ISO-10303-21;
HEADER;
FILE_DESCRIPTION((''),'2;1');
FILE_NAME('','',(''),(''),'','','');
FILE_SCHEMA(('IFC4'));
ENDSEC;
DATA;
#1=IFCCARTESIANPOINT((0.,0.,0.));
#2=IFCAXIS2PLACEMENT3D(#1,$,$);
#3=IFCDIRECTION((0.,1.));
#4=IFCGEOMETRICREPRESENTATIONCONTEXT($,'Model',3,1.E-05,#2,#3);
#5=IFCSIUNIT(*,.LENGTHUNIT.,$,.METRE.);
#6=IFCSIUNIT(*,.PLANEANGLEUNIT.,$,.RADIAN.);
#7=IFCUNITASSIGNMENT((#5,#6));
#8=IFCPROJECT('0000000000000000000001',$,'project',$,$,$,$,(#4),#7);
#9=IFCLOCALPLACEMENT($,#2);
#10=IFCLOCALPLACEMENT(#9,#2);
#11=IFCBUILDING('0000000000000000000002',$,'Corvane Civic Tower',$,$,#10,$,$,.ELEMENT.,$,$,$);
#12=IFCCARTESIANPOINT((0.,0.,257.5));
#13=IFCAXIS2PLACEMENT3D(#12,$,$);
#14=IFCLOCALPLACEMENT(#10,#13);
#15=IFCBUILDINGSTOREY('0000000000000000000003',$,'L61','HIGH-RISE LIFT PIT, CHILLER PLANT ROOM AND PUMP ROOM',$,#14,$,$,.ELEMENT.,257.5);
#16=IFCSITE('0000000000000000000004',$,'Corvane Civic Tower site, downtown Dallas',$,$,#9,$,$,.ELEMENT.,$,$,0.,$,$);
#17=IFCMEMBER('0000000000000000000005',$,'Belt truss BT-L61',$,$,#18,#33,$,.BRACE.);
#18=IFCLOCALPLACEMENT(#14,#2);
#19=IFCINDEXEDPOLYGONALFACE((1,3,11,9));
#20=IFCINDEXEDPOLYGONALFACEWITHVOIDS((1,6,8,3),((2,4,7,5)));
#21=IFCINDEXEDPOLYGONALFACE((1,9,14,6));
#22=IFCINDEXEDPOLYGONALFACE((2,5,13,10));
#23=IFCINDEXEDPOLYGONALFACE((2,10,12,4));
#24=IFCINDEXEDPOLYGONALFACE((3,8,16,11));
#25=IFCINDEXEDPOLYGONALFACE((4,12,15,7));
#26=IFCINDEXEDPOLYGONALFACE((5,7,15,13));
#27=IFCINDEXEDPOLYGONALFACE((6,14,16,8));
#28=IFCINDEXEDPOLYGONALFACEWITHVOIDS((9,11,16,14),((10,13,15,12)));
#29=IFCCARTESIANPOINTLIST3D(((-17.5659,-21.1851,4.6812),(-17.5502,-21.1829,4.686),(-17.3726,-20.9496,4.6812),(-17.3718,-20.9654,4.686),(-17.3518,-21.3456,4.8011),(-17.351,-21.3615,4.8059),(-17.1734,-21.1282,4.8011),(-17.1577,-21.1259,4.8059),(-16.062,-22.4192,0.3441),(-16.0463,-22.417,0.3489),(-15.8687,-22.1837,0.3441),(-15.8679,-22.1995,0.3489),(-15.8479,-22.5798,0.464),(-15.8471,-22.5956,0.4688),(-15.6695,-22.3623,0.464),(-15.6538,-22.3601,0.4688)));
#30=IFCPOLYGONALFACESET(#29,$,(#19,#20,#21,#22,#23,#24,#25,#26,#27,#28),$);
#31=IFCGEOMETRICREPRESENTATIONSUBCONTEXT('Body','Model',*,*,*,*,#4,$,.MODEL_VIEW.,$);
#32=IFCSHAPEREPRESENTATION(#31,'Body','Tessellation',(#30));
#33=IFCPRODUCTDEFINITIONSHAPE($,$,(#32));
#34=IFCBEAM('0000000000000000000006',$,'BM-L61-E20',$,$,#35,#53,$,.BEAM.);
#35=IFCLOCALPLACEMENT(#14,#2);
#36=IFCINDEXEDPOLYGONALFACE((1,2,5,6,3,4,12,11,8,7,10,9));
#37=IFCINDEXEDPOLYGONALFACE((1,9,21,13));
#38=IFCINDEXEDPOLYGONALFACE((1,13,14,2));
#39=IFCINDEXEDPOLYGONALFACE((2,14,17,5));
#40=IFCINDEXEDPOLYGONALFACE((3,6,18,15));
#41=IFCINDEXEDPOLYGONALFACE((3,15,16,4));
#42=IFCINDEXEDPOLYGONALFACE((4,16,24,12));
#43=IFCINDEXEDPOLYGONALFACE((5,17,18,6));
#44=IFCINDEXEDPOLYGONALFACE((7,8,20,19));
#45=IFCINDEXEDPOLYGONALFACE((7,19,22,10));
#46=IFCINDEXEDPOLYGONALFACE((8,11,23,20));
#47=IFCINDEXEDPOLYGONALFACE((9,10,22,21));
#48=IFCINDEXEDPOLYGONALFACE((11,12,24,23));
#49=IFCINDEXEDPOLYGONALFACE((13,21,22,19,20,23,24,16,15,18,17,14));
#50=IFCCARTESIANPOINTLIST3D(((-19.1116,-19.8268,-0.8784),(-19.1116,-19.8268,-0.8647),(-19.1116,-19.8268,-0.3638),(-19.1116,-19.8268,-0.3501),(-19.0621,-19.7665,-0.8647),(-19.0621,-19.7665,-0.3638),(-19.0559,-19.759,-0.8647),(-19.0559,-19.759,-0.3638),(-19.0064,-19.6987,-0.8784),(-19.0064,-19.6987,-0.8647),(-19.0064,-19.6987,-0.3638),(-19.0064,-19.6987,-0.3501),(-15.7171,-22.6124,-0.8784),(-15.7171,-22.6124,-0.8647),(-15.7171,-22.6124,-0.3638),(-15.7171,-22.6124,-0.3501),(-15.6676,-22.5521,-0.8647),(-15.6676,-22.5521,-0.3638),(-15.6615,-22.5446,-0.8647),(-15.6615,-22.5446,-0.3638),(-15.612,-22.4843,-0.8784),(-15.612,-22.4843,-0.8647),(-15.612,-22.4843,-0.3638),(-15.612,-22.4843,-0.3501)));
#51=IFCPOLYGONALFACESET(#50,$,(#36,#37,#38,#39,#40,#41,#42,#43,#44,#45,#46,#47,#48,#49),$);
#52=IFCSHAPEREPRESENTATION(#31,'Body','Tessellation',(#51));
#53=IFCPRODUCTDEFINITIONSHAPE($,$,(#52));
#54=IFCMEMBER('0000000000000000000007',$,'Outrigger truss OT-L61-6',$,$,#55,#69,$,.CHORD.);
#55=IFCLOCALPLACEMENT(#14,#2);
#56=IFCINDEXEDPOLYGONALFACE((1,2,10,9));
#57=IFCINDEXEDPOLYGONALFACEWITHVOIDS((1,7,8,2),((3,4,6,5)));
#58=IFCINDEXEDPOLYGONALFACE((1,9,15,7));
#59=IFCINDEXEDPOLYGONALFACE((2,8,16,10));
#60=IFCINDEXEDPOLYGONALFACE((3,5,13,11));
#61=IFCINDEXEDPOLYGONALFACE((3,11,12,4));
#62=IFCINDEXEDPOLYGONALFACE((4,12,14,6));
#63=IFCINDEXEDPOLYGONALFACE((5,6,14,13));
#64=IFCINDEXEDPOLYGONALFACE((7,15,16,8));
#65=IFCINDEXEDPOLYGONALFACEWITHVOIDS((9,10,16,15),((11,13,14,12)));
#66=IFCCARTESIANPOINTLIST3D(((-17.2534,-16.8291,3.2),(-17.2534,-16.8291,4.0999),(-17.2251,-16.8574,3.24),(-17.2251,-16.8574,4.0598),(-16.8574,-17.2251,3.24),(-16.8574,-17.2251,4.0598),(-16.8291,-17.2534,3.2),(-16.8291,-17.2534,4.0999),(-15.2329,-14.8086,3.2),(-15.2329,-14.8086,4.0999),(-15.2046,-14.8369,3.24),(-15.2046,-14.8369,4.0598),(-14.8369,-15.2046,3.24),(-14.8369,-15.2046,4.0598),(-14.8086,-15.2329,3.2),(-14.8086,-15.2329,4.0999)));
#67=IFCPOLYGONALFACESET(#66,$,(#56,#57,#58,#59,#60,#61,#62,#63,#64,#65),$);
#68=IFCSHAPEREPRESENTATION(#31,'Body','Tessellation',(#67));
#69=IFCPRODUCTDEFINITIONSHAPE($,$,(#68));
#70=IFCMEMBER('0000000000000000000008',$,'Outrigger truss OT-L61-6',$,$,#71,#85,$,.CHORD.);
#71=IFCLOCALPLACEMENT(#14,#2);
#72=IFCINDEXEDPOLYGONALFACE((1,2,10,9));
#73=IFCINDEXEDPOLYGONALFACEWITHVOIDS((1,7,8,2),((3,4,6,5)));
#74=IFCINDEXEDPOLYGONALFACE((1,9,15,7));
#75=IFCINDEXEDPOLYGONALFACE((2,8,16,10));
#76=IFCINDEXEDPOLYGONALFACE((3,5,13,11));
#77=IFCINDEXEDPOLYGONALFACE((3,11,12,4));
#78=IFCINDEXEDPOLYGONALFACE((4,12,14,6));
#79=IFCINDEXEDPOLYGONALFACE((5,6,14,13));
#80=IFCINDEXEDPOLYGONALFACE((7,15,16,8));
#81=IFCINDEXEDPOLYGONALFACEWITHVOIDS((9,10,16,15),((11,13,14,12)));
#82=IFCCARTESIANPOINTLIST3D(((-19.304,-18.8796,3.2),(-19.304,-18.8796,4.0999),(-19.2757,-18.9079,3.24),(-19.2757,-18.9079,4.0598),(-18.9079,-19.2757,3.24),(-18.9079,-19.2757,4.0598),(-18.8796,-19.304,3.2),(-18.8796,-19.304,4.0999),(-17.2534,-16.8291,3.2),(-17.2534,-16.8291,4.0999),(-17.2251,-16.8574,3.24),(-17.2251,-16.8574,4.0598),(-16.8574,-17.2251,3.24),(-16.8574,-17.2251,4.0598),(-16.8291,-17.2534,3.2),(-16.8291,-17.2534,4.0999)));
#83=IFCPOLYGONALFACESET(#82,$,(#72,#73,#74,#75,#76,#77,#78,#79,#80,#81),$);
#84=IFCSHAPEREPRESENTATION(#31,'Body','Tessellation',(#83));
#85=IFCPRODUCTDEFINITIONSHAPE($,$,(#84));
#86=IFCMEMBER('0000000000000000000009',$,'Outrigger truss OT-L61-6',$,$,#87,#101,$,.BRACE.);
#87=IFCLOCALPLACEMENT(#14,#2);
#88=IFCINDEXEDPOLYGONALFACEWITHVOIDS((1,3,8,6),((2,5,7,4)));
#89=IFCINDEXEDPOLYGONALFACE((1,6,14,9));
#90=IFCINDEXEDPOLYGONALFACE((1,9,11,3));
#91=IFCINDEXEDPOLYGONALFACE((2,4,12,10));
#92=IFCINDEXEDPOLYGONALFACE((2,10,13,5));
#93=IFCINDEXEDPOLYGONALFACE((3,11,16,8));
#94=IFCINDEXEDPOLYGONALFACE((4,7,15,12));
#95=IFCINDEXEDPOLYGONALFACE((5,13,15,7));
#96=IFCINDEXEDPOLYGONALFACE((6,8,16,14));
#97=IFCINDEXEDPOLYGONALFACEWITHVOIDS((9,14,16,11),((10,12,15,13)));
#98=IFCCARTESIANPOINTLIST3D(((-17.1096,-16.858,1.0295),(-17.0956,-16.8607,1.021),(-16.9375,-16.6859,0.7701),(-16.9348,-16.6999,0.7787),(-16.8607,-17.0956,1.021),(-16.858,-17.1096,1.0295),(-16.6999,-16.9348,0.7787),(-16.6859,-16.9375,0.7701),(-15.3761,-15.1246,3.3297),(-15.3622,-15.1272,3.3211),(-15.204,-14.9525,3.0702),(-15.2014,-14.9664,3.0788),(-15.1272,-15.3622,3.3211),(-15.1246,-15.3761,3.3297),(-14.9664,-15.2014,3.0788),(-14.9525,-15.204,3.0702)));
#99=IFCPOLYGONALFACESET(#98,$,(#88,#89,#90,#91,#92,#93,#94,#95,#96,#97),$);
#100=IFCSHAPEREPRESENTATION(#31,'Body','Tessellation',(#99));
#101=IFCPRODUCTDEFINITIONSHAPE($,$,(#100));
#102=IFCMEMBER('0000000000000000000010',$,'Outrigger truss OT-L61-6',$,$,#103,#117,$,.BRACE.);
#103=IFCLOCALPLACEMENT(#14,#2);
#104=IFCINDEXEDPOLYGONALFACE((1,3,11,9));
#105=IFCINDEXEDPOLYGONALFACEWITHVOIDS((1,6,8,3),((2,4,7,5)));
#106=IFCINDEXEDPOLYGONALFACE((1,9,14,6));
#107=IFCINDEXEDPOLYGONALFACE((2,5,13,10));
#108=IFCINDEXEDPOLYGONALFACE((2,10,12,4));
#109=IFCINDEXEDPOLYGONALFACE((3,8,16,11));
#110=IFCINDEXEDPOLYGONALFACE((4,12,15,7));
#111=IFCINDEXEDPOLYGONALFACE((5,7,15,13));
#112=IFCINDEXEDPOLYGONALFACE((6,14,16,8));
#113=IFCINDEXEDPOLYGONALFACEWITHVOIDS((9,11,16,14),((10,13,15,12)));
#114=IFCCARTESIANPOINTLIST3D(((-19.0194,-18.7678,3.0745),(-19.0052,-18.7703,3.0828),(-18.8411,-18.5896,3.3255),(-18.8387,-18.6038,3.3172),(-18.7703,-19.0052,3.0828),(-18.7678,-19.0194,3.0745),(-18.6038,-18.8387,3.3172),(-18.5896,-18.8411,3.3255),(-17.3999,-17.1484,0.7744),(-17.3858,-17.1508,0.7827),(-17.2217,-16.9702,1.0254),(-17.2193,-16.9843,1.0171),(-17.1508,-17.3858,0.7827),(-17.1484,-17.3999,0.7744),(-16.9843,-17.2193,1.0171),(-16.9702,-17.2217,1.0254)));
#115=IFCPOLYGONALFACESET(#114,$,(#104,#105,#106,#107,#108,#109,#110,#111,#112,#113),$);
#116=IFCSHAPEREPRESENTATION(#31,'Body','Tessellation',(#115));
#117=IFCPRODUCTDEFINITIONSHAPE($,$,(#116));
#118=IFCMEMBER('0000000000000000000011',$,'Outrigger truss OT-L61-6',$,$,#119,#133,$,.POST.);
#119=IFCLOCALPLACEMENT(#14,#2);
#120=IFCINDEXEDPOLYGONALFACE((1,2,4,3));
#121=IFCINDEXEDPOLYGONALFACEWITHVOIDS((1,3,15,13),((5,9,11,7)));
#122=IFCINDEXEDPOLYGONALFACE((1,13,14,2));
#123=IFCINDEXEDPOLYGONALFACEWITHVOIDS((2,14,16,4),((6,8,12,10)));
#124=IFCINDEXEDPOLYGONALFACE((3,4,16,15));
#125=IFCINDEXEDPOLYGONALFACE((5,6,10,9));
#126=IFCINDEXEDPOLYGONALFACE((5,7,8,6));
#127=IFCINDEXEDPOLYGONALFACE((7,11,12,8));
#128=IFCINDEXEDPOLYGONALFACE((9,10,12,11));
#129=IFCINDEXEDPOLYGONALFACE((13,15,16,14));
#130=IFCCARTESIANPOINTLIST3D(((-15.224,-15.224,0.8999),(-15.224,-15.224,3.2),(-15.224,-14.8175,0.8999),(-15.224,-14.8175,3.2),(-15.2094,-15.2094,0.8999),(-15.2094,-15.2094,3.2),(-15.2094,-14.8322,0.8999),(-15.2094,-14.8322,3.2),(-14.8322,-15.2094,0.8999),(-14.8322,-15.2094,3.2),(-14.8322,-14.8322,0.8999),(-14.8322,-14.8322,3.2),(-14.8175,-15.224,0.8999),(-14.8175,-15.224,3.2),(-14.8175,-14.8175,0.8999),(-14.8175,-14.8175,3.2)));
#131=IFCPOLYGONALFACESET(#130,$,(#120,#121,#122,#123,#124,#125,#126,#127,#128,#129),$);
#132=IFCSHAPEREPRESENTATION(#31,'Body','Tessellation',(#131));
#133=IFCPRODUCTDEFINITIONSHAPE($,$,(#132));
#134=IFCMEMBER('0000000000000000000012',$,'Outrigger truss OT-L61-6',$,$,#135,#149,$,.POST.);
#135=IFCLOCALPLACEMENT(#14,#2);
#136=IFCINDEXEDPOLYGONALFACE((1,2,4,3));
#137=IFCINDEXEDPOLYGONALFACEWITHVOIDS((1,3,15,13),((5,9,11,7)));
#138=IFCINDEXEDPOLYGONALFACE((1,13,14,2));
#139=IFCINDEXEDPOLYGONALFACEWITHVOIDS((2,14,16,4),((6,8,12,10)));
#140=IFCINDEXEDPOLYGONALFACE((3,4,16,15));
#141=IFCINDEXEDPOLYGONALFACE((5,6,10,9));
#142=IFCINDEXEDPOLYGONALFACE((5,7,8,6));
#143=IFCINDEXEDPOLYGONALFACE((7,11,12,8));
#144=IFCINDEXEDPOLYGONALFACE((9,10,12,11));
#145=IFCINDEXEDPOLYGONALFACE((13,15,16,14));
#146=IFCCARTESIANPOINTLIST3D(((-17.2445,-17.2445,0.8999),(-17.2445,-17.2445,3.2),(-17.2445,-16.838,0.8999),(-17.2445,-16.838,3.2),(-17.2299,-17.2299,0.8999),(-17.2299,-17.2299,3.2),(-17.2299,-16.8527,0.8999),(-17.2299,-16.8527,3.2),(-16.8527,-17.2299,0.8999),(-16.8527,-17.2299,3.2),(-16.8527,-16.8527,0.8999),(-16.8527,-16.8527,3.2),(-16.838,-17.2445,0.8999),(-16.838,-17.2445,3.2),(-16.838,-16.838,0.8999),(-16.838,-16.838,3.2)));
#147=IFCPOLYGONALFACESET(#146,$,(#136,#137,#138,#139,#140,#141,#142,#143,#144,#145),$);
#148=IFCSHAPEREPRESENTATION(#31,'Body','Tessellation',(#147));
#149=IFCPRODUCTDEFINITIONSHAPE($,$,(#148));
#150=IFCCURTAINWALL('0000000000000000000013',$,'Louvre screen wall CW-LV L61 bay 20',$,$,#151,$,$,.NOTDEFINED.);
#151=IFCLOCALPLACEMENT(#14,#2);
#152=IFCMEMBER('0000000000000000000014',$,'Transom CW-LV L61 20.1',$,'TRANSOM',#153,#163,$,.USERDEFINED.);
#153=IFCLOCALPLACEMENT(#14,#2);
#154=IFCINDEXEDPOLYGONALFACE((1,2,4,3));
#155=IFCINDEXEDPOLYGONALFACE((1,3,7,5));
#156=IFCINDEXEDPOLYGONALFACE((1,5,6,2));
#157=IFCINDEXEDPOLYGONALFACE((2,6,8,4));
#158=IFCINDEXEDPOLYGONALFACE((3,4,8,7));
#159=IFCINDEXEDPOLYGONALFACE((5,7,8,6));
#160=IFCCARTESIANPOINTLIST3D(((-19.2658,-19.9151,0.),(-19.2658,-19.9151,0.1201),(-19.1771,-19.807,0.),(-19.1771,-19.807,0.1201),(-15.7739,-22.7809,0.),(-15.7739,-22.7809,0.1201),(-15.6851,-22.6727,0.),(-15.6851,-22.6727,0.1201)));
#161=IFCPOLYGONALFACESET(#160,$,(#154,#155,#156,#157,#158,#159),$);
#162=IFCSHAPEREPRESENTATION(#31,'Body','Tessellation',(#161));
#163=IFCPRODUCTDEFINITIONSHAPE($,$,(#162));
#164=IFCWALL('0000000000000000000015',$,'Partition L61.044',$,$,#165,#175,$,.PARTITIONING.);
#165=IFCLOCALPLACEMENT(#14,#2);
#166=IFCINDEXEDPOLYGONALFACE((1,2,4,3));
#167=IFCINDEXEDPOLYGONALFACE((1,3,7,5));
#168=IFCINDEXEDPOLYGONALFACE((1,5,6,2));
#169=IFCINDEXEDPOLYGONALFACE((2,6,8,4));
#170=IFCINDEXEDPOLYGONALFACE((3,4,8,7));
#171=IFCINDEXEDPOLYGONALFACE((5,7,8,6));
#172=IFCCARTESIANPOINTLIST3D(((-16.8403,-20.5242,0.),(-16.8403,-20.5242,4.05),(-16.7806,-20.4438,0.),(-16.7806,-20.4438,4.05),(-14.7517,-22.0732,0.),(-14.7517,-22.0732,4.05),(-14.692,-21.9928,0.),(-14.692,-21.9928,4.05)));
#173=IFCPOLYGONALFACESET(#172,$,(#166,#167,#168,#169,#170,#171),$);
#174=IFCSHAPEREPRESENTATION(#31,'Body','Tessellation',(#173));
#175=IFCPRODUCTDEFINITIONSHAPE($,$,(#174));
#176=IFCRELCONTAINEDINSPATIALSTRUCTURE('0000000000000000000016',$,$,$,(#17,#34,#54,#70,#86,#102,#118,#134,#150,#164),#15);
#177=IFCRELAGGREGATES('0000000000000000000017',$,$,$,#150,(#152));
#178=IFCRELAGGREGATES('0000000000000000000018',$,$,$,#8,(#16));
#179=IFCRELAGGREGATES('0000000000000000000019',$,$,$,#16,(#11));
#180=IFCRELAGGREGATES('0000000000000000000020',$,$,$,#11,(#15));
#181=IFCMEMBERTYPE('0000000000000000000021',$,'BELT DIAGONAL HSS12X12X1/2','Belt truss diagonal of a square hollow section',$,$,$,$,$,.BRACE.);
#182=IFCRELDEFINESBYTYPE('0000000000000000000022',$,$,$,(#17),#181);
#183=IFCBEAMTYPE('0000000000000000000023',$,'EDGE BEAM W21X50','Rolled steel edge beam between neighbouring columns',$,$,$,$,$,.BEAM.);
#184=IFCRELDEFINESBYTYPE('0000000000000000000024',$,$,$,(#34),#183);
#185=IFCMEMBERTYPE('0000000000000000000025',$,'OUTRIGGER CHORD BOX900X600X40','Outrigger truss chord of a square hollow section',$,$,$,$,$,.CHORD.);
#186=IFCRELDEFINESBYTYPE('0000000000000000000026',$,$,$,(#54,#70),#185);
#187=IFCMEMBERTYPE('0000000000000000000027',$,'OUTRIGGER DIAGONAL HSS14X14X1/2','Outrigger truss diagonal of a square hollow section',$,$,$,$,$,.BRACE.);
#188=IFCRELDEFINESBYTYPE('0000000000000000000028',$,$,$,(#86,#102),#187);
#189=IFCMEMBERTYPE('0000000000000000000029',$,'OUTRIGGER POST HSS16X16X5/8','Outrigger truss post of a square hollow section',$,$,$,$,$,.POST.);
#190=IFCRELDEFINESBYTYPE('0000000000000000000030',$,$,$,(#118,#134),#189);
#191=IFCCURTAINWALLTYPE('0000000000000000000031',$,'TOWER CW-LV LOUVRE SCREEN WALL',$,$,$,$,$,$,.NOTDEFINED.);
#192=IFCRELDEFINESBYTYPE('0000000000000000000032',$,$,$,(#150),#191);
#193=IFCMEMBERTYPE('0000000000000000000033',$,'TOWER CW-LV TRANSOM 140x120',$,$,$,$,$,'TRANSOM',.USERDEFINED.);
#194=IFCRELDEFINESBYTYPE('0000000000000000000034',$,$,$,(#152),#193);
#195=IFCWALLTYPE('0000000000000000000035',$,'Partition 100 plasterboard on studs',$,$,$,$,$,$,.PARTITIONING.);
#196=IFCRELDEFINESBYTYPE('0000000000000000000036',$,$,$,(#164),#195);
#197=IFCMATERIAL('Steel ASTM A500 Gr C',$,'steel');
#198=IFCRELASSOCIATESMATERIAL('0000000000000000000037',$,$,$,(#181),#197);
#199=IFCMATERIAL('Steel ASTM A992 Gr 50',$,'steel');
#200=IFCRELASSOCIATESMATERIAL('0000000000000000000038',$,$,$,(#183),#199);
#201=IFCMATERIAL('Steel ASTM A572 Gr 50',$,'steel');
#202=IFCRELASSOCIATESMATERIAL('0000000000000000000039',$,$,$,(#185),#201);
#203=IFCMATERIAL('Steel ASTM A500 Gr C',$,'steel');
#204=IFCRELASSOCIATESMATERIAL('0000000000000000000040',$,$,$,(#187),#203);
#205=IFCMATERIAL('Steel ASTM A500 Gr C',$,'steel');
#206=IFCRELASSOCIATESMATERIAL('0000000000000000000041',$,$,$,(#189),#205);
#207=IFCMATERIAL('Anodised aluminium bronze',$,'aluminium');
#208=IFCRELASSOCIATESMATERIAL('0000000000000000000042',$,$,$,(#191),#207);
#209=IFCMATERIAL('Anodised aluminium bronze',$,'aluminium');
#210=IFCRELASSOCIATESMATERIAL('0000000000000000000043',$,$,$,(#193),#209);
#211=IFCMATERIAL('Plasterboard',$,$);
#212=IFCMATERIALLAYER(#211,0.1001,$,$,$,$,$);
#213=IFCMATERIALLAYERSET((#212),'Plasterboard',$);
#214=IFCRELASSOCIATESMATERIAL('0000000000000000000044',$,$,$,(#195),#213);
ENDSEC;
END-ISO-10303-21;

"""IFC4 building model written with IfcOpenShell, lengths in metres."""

from ifc_helpers import new_model, si_unit, direction, frame, frame_2d, origin, origin_2d, place, context, subcontext, project, spatial, rectangle, hollow_rectangle, i_section, extrude, material, layer, layer_set, material_profile, profile_set, type_object, element, aggregate, save


model = new_model("IFC4")

# Units and contexts
model_context = context("Model", 3, precision=1e-05, world=origin(), true_north=direction((0.0, 1.0)))
body_context = subcontext(model_context, "Body", "Model", "MODEL_VIEW")
ifc_project = project(units=[si_unit("LENGTHUNIT", "METRE"), si_unit("PLANEANGLEUNIT", "RADIAN")], contexts=[model_context])

# Site, building, storey
site_placement = place(None, origin())
site = spatial("IfcSite", under=ifc_project, at=site_placement, Name="Corvane Civic Tower site, downtown Dallas", CompositionType="ELEMENT", RefElevation=0.0)
building_placement = place(site_placement, origin())
building = spatial("IfcBuilding", under=site, at=building_placement, Name="Corvane Civic Tower", CompositionType="ELEMENT")
storey_placement = place(building_placement, frame((0.0, 0.0, 257.5)))
storey = spatial("IfcBuildingStorey", under=building, at=storey_placement, Name="L61", Description="HIGH-RISE LIFT PIT, CHILLER PLANT ROOM AND PUMP ROOM", CompositionType="ELEMENT", Elevation=257.5)

# Member
ifc_material_1 = material(Name="Steel ASTM A500 Gr C", Category="steel")
ifc_material_profile_1 = material_profile(ifc_material_1, hollow_rectangle(XDim=0.3047, YDim=0.3047, WallThickness=0.0117, at=origin_2d()), Name="HSS12X12X1/2")
ifc_profile_set_1 = profile_set([ifc_material_profile_1], Name="Steel ASTM A500 Gr C")
member_type_1 = type_object("IfcMemberType", Name="BELT DIAGONAL HSS12X12X1/2", Description="Belt truss diagonal of a square hollow section", PredefinedType="BRACE", material=ifc_profile_set_1)
member_1_placement = place(storey_placement, frame((-15.8579, -22.3896, 0.4065), z_axis=(-0.316379, 0.259626, 0.912414), x_axis=(-0.634365, -0.773034, 0.0)))
element("IfcMember", 1, at=member_1_placement, inside=storey, type_object=member_type_1, Name="Belt truss BT-L61", PredefinedType="BRACE", context=body_context, shape_type="SweptSolid", body=[
    extrude(hollow_rectangle(XDim=0.3047, YDim=0.3047, WallThickness=0.0117, at=origin_2d()), origin(), (0.0, 0.0, 1.0), 4.7534),
])

# Beam
ifc_material_2 = material(Name="Steel ASTM A992 Gr 50", Category="steel")
ifc_material_profile_2 = material_profile(ifc_material_2, i_section(OverallWidth=0.1658, OverallDepth=0.5283, WebThickness=0.0098, FlangeThickness=0.0137, at=origin_2d()), Name="W21X50")
ifc_profile_set_2 = profile_set([ifc_material_profile_2], Name="Steel ASTM A992 Gr 50")
beam_type = type_object("IfcBeamType", Name="EDGE BEAM W21X50", Description="Rolled steel edge beam between neighbouring columns", PredefinedType="BEAM", material=ifc_profile_set_2)
beam_placement = place(storey_placement, frame((-15.6646, -22.5483, -0.6143), z_axis=(-0.77303, 0.634369, 0.0), x_axis=(-0.634369, -0.77303, 0.0)))
element("IfcBeam", 2, at=beam_placement, inside=storey, type_object=beam_type, Name="BM-L61-E20", PredefinedType="BEAM", context=body_context, shape_type="SweptSolid", body=[
    extrude(i_section(OverallWidth=0.1658, OverallDepth=0.5283, WebThickness=0.0098, FlangeThickness=0.0137, at=origin_2d()), origin(), (0.0, 0.0, 1.0), 4.3911),
])

# Members
ifc_material_3 = material(Name="Steel ASTM A572 Gr 50", Category="steel")
ifc_material_profile_3 = material_profile(ifc_material_3, hollow_rectangle(XDim=0.6001, YDim=0.8999, WallThickness=0.04, at=origin_2d()), Name="BOX900X600X40")
ifc_profile_set_3 = profile_set([ifc_material_profile_3], Name="Steel ASTM A572 Gr 50")
member_type_2 = type_object("IfcMemberType", Name="OUTRIGGER CHORD BOX900X600X40", Description="Outrigger truss chord of a square hollow section", PredefinedType="CHORD", material=ifc_profile_set_3)
member_2_placement = place(storey_placement, frame((-15.0208, -15.0208, 3.6499), z_axis=(-0.707107, -0.707107, 0.0), x_axis=(0.707107, -0.707107, 0.0)))
element("IfcMember", 3, at=member_2_placement, inside=storey, type_object=member_type_2, Name="Outrigger truss OT-L61-6", PredefinedType="CHORD", context=body_context, shape_type="SweptSolid", body=[
    extrude(hollow_rectangle(XDim=0.6001, YDim=0.8999, WallThickness=0.04, at=origin_2d()), origin(), (0.0, 0.0, 1.0), 2.8574),
])
member_3_placement = place(storey_placement, frame((-17.0413, -17.0413, 3.6499), z_axis=(-0.707107, -0.707107, 0.0), x_axis=(0.707107, -0.707107, 0.0)))
element("IfcMember", 4, at=member_3_placement, inside=storey, type_object=member_type_2, Name="Outrigger truss OT-L61-6", PredefinedType="CHORD", context=body_context, shape_type="SweptSolid", body=[
    extrude(hollow_rectangle(XDim=0.6001, YDim=0.8999, WallThickness=0.04, at=origin_2d()), origin(), (0.0, 0.0, 1.0), 2.8999),
])
ifc_material_4 = material(Name="Steel ASTM A500 Gr C", Category="steel")
ifc_material_profile_4 = material_profile(ifc_material_4, hollow_rectangle(XDim=0.3557, YDim=0.3557, WallThickness=0.0117, at=origin_2d()), Name="HSS14X14X1/2")
ifc_profile_set_4 = profile_set([ifc_material_profile_4], Name="Steel ASTM A500 Gr C")
member_type_3 = type_object("IfcMemberType", Name="OUTRIGGER DIAGONAL HSS14X14X1/2", Description="Outrigger truss diagonal of a square hollow section", PredefinedType="BRACE", material=ifc_profile_set_4)
member_4_placement = place(storey_placement, frame((-15.1643, -15.1643, 3.2), z_axis=(-0.515665, -0.515665, -0.684236), x_axis=(0.707107, -0.707107, 0.0)))
element("IfcMember", 5, at=member_4_placement, inside=storey, type_object=member_type_3, Name="Outrigger truss OT-L61-6", PredefinedType="BRACE", context=body_context, shape_type="SweptSolid", body=[
    extrude(hollow_rectangle(XDim=0.3557, YDim=0.3557, WallThickness=0.0117, at=origin_2d()), origin(), (0.0, 0.0, 1.0), 3.3616),
])
member_5_placement = place(storey_placement, frame((-17.1851, -17.1851, 0.8999), z_axis=(-0.498921, -0.498921, 0.708629), x_axis=(0.707107, -0.707107, 0.0)))
element("IfcMember", 6, at=member_5_placement, inside=storey, type_object=member_type_3, Name="Outrigger truss OT-L61-6", PredefinedType="BRACE", context=body_context, shape_type="SweptSolid", body=[
    extrude(hollow_rectangle(XDim=0.3557, YDim=0.3557, WallThickness=0.0117, at=origin_2d()), origin(), (0.0, 0.0, 1.0), 3.2458),
])
ifc_material_5 = material(Name="Steel ASTM A500 Gr C", Category="steel")
ifc_material_profile_5 = material_profile(ifc_material_5, hollow_rectangle(XDim=0.4065, YDim=0.4065, WallThickness=0.0146, at=origin_2d()), Name="HSS16X16X5/8")
ifc_profile_set_5 = profile_set([ifc_material_profile_5], Name="Steel ASTM A500 Gr C")
member_type_4 = type_object("IfcMemberType", Name="OUTRIGGER POST HSS16X16X5/8", Description="Outrigger truss post of a square hollow section", PredefinedType="POST", material=ifc_profile_set_5)
for number, where, z_axis, x_axis, name in (
    (7, (-15.0208, -15.0208, 0.8999), (0.0, 0.0, 1.0), (1.0, 0.0, 0.0), "Outrigger truss OT-L61-6"),
    (8, (-17.0413, -17.0413, 0.8999), (0.0, 0.0, 1.0), (1.0, 0.0, 0.0), "Outrigger truss OT-L61-6"),
):
    element("IfcMember", number, at=place(storey_placement, frame(where, z_axis=z_axis, x_axis=x_axis)), inside=storey, type_object=member_type_4, Name=name, PredefinedType="POST", context=body_context, shape_type="SweptSolid", body=[
        extrude(hollow_rectangle(XDim=0.4065, YDim=0.4065, WallThickness=0.0146, at=origin_2d()), origin(), (0.0, 0.0, 1.0), 2.3),
    ])

# Curtain wall, member
ifc_material_6 = material(Name="Anodised aluminium bronze", Category="aluminium")
curtain_wall_type = type_object("IfcCurtainWallType", Name="TOWER CW-LV LOUVRE SCREEN WALL", PredefinedType="NOTDEFINED", material=ifc_material_6)
curtain_wall_placement = place(storey_placement, origin())
curtain_wall = element("IfcCurtainWall", 9, at=curtain_wall_placement, inside=storey, type_object=curtain_wall_type, Name="Louvre screen wall CW-LV L61 bay 20", PredefinedType="NOTDEFINED")
ifc_material_7 = material(Name="Anodised aluminium bronze", Category="aluminium")
ifc_material_profile_6 = material_profile(ifc_material_7, rectangle(XDim=0.1399, YDim=0.1201, at=origin_2d()), Name="TOWER CW-LV TRANSOM 140x120")
ifc_profile_set_6 = profile_set([ifc_material_profile_6], Name="Anodised aluminium bronze")
member_type_5 = type_object("IfcMemberType", Name="TOWER CW-LV TRANSOM 140x120", ElementType="TRANSOM", PredefinedType="USERDEFINED", material=ifc_profile_set_6)
member_6_placement = place(storey_placement, frame((-15.7295, -22.7268, 0.0601), z_axis=(-0.773015, 0.634388, 0.0), x_axis=(-0.634388, -0.773015, 0.0)))
member_6 = element("IfcMember", 10, at=member_6_placement, type_object=member_type_5, Name="Transom CW-LV L61 20.1", ObjectType="TRANSOM", PredefinedType="USERDEFINED", context=body_context, shape_type="SweptSolid", body=[
    extrude(rectangle(XDim=0.1399, YDim=0.1201, at=origin_2d()), origin(), (0.0, 0.0, 1.0), 4.5173),
])

# Wall
ifc_material_8 = material(Name="Plasterboard")
ifc_layer = layer(ifc_material_8, 0.1001)
ifc_layer_set = layer_set([ifc_layer], Name="Plasterboard")
wall_type = type_object("IfcWallType", Name="Partition 100 plasterboard on studs", PredefinedType="PARTITIONING", material=ifc_layer_set)
for number, where, z_axis, x_axis, name in (
    (11, (-16.8105, -20.4839, 0.0), (0.0, 0.0, 1.0), (0.803199, -0.59571, 0.0), "Partition L61.044"),
):
    element("IfcWall", number, at=place(storey_placement, frame(where, z_axis=z_axis, x_axis=x_axis)), inside=storey, type_object=wall_type, Name=name, PredefinedType="PARTITIONING", context=body_context, shape_type="SweptSolid", body=[
        extrude(rectangle(XDim=2.6003, YDim=0.1001, at=frame_2d((1.3003, 0.0))), origin(), (0.0, 0.0, 1.0), 4.05),
    ])

aggregate(curtain_wall, [member_6])

save(model, "model.ifc")
